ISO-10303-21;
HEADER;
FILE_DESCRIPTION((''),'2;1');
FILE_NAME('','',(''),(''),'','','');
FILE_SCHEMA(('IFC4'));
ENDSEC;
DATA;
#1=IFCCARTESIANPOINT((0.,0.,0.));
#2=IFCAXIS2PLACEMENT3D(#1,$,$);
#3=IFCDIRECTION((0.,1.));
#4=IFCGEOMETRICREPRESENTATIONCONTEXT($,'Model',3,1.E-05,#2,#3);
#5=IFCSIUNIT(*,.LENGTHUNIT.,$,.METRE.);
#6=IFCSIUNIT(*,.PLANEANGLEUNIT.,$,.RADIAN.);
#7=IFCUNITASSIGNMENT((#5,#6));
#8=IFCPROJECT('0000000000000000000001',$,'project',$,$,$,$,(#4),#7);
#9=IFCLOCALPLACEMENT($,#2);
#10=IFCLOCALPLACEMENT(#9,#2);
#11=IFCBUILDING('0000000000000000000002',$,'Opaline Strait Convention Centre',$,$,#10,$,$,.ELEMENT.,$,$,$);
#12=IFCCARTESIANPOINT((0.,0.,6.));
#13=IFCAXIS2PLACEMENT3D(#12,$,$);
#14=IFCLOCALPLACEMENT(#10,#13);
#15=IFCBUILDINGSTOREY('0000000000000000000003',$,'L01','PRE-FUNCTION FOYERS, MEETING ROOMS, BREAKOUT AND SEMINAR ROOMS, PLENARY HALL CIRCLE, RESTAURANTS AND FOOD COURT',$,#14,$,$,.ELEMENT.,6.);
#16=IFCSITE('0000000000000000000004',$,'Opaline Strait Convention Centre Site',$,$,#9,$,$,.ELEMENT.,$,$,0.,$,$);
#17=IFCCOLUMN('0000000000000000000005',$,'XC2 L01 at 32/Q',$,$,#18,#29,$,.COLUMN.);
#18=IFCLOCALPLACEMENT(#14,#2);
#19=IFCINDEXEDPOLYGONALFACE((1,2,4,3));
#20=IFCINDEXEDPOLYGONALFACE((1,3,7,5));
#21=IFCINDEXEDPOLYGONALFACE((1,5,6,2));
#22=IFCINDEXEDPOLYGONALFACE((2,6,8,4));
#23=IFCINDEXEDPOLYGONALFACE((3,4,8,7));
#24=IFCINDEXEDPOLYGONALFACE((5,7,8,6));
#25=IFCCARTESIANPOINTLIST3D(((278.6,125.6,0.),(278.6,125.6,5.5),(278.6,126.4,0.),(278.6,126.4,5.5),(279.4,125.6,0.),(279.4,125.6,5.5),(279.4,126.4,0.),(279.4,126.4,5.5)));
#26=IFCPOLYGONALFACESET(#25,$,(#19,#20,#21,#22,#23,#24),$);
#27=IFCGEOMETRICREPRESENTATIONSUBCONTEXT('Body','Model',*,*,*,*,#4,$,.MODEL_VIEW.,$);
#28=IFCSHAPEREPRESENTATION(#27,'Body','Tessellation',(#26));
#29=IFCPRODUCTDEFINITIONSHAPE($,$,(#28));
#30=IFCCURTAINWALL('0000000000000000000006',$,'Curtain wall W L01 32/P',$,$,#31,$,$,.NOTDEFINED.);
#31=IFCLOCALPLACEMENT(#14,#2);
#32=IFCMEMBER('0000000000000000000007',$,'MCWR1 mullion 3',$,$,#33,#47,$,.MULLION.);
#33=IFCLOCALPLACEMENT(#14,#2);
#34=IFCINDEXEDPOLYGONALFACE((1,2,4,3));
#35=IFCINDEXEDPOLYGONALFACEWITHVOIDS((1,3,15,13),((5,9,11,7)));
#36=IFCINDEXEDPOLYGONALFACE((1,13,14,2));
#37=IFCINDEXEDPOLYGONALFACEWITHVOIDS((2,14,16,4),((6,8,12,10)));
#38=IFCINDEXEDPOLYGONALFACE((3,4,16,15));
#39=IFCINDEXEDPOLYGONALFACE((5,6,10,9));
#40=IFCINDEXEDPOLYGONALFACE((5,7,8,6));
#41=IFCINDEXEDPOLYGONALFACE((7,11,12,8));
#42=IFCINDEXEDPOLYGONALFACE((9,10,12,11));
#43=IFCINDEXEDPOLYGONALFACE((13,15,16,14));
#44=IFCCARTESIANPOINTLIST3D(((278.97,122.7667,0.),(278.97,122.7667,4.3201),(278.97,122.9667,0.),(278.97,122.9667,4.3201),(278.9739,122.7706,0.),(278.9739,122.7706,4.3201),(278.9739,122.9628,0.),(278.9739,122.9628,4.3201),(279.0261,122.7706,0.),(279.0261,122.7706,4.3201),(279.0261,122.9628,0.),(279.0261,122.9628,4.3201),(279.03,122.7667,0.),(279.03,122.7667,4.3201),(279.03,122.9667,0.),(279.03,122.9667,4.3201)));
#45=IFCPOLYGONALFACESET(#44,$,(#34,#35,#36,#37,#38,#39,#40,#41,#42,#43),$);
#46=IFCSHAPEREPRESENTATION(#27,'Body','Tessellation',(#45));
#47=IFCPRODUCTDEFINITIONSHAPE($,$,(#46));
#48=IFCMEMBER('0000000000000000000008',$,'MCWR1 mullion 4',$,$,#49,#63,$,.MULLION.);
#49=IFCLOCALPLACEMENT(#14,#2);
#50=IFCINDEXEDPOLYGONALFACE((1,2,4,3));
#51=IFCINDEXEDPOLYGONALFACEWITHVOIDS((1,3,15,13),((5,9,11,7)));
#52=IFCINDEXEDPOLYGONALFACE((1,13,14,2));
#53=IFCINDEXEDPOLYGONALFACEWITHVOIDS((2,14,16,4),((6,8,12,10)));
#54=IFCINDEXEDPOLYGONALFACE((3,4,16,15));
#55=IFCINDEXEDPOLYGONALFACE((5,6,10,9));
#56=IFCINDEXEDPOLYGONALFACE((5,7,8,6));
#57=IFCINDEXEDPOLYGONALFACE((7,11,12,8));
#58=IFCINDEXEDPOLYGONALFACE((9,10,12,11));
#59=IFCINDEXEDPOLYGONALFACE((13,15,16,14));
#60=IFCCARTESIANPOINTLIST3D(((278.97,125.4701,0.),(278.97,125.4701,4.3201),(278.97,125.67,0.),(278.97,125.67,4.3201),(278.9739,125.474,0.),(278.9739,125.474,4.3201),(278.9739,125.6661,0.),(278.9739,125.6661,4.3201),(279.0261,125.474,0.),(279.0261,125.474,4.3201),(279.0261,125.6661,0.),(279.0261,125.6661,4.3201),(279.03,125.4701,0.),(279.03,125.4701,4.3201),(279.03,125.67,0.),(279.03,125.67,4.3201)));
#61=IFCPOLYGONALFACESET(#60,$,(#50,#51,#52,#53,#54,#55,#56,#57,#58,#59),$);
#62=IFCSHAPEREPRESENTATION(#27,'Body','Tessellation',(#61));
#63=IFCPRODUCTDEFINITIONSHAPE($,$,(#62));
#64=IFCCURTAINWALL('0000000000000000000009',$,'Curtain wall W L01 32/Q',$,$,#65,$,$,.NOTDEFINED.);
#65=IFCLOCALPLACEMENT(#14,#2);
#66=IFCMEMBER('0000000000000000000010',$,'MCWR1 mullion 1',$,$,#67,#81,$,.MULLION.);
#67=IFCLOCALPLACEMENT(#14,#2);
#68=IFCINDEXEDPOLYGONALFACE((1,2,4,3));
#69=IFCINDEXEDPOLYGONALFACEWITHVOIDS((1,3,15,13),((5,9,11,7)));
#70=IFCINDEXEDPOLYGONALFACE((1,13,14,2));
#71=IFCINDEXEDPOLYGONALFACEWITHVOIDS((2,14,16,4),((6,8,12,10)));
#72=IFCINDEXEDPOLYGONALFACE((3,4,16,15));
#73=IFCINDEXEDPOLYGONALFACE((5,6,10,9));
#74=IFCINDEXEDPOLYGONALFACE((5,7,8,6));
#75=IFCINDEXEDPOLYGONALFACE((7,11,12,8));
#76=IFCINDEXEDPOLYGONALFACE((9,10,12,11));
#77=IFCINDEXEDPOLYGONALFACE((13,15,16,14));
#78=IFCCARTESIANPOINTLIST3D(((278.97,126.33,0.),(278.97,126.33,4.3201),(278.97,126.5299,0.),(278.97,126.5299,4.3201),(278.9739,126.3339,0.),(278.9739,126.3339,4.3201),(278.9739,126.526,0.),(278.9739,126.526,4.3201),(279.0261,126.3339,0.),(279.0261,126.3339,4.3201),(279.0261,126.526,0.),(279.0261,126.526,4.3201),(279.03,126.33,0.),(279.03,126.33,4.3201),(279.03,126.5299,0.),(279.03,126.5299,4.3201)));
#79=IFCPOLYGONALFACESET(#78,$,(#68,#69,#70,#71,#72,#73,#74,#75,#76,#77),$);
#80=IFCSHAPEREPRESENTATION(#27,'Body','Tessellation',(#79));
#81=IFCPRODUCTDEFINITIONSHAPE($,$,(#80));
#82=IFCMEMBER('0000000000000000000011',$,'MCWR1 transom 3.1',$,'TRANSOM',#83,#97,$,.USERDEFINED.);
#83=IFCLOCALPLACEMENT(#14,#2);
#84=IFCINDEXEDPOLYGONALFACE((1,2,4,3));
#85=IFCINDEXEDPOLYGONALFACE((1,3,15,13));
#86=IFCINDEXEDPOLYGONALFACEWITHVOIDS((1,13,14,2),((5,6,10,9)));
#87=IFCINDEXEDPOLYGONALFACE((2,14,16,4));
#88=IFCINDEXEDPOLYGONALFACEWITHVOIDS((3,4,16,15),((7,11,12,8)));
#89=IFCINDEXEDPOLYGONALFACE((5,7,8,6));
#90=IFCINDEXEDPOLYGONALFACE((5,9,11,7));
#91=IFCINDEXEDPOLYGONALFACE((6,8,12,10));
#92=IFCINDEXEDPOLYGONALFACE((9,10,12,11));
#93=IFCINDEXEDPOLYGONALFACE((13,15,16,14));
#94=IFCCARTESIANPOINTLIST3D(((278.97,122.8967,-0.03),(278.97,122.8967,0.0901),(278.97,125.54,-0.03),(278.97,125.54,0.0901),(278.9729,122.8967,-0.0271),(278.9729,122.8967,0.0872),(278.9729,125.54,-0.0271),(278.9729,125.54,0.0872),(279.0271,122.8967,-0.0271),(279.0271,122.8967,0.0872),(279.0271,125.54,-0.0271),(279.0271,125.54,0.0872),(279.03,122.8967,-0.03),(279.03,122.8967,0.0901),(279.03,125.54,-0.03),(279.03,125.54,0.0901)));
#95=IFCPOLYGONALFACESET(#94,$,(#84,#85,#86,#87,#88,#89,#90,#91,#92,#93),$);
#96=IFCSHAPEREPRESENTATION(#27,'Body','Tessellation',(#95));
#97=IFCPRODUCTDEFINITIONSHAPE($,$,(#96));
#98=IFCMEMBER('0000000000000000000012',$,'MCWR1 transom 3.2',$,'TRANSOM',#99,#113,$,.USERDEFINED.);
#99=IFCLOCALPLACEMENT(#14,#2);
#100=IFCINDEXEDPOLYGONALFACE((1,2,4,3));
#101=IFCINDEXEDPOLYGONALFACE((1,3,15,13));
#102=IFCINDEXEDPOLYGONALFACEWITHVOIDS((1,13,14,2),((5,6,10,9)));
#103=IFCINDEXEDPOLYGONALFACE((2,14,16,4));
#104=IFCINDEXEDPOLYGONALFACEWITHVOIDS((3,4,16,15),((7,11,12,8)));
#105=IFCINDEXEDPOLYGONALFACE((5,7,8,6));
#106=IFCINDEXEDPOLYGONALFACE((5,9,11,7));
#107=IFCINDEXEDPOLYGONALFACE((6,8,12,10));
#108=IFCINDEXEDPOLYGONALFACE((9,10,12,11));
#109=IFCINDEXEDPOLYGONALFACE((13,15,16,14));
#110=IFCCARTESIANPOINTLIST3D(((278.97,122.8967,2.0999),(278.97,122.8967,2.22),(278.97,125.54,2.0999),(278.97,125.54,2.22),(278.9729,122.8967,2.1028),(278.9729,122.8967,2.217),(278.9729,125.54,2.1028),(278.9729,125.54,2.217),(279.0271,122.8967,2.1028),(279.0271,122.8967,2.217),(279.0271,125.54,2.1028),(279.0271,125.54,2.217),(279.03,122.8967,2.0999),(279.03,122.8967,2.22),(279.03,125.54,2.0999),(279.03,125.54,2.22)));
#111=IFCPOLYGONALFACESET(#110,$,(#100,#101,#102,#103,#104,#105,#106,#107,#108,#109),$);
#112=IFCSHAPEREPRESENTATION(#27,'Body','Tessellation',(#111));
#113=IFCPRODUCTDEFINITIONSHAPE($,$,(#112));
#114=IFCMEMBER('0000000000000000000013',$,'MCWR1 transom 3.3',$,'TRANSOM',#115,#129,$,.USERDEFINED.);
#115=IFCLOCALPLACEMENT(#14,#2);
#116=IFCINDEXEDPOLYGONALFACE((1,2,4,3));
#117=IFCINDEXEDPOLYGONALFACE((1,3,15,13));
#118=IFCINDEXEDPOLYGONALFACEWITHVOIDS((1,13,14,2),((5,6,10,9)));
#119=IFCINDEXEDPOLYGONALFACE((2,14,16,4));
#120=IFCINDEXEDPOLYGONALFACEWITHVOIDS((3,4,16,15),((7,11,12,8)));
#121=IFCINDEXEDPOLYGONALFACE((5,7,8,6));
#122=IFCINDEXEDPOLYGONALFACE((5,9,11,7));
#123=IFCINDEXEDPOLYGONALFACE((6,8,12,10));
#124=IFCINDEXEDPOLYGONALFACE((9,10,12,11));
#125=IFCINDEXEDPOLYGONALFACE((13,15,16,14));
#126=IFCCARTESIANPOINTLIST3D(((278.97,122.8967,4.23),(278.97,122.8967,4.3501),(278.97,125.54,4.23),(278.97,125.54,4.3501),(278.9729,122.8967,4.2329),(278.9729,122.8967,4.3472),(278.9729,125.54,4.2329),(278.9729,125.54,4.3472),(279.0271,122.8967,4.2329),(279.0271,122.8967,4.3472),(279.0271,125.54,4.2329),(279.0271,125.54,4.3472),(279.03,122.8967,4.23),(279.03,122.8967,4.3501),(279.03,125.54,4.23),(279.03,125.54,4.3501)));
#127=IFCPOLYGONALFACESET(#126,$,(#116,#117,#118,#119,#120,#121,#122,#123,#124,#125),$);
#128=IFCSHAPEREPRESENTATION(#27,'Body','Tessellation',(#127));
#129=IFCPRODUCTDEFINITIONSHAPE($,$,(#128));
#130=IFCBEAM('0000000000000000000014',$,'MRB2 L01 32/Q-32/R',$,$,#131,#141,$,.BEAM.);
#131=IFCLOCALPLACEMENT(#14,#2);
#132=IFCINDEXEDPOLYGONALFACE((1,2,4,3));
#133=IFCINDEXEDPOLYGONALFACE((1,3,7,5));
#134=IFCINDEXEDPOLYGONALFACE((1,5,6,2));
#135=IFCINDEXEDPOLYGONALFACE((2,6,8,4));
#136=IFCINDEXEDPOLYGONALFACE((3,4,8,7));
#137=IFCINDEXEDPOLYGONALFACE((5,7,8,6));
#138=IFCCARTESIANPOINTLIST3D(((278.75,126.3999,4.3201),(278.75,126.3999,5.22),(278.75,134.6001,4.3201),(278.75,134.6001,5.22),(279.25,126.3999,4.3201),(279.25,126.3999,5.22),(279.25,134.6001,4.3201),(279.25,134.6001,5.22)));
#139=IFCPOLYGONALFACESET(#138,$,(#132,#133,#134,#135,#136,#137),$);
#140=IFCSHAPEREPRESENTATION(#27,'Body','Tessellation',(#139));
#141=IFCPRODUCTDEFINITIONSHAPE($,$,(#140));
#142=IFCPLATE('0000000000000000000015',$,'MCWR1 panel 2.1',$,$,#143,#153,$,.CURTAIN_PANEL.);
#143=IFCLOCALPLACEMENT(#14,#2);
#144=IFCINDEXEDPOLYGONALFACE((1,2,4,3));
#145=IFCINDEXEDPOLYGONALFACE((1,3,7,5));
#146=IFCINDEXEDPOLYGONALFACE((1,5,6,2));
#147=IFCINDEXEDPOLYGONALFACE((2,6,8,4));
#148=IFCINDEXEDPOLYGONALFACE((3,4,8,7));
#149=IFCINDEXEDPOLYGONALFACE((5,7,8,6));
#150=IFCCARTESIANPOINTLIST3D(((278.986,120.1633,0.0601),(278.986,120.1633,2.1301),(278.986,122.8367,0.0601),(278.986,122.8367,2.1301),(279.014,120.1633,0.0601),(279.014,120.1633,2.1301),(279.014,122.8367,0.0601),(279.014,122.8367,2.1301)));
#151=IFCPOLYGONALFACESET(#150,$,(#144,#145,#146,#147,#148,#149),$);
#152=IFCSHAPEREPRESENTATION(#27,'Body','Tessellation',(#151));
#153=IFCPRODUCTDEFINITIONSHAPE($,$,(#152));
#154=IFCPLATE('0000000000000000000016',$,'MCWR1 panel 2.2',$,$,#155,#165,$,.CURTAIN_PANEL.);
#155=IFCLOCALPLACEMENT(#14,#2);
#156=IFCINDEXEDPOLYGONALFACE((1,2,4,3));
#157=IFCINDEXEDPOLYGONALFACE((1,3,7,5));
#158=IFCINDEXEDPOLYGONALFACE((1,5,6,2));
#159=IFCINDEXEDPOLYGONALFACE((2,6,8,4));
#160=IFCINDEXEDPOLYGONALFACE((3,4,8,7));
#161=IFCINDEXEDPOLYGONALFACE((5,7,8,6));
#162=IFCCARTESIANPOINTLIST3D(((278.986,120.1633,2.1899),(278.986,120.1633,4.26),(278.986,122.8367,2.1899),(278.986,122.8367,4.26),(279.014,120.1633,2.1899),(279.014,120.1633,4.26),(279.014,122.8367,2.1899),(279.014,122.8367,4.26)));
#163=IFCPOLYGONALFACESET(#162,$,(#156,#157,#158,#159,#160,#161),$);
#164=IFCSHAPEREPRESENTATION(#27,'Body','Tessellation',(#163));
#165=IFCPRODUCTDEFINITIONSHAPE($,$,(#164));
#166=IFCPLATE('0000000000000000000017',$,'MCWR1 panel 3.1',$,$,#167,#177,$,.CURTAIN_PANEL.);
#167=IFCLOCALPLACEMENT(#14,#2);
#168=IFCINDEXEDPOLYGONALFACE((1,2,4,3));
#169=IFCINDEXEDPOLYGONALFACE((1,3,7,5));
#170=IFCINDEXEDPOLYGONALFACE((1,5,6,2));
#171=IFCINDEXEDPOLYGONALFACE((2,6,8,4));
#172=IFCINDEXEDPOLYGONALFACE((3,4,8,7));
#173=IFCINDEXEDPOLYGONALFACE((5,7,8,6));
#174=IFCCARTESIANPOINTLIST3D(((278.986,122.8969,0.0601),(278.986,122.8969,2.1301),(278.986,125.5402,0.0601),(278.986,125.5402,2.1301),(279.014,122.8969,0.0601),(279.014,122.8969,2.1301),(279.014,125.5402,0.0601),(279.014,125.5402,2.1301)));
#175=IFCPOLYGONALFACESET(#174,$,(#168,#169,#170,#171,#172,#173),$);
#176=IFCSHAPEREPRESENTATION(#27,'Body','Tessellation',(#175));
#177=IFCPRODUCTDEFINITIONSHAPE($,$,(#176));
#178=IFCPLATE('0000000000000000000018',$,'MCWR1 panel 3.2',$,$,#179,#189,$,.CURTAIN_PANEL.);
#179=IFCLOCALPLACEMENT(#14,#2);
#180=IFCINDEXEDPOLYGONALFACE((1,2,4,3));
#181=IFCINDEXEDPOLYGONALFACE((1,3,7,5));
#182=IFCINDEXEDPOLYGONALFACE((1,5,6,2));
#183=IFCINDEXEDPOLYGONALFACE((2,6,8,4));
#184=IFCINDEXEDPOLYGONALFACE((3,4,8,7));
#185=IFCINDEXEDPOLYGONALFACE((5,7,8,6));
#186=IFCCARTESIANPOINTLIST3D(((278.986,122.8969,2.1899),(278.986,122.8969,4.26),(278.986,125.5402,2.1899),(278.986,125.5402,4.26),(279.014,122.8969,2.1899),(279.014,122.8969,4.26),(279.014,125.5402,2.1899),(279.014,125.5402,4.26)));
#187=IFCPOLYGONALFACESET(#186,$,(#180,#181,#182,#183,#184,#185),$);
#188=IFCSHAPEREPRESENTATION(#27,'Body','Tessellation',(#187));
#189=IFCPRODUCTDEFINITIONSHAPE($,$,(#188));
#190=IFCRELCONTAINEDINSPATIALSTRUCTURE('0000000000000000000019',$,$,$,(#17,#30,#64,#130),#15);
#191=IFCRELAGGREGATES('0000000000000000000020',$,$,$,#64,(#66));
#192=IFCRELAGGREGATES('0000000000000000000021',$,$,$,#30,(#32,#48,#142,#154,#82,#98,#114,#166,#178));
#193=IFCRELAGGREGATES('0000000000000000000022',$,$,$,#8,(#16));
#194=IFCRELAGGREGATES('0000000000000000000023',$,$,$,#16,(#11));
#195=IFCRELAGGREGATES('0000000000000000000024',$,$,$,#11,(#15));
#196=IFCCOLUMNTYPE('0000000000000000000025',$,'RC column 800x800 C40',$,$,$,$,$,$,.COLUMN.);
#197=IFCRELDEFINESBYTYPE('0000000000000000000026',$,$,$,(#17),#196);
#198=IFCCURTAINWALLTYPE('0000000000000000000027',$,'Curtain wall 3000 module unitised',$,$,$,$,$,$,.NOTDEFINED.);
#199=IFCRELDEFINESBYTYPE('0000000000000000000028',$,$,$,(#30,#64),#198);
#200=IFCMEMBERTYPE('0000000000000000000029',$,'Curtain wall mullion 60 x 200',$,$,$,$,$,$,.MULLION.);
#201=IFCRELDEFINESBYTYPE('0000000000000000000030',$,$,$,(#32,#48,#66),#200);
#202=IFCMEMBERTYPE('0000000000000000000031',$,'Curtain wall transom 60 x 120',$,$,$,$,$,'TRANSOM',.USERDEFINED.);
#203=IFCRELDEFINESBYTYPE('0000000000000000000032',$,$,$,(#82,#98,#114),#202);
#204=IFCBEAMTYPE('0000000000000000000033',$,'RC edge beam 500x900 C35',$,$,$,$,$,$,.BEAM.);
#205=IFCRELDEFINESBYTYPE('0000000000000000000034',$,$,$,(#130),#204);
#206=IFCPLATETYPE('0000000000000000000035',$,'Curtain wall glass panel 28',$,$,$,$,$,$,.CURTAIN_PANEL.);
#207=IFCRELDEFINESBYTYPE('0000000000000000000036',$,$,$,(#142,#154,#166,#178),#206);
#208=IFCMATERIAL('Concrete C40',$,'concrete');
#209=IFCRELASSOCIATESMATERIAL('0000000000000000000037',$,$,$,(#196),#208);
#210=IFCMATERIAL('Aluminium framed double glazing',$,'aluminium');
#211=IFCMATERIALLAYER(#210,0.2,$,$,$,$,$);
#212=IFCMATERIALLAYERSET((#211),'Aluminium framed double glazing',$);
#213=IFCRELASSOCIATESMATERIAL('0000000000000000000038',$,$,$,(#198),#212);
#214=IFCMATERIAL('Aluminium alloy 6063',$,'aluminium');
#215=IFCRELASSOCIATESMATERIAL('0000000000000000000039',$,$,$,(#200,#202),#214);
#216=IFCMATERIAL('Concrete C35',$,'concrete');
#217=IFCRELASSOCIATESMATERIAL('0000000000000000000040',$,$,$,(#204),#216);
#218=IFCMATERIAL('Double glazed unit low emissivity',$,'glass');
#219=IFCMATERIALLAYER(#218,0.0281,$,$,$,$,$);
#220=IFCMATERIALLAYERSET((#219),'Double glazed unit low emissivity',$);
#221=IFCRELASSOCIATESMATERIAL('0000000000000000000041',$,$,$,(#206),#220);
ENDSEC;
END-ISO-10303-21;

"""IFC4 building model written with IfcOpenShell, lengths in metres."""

from ifc_helpers import new_model, si_unit, direction, frame, origin, origin_2d, place, context, subcontext, project, spatial, rectangle, hollow_rectangle, extrude, material, layer, layer_set, material_profile, profile_set, type_object, element, aggregate, save


model = new_model("IFC4")

# Units and contexts
model_context = context("Model", 3, precision=1e-05, world=origin(), true_north=direction((0.0, 1.0)))
body_context = subcontext(model_context, "Body", "Model", "MODEL_VIEW")
ifc_project = project(units=[si_unit("LENGTHUNIT", "METRE"), si_unit("PLANEANGLEUNIT", "RADIAN")], contexts=[model_context])

# Site, building, storey
site_placement = place(None, origin())
site = spatial("IfcSite", under=ifc_project, at=site_placement, Name="Opaline Strait Convention Centre Site", CompositionType="ELEMENT", RefElevation=0.0)
building_placement = place(site_placement, origin())
building = spatial("IfcBuilding", under=site, at=building_placement, Name="Opaline Strait Convention Centre", CompositionType="ELEMENT")
storey_placement = place(building_placement, frame((0.0, 0.0, 6.0)))
storey = spatial("IfcBuildingStorey", under=building, at=storey_placement, Name="L01", Description="PRE-FUNCTION FOYERS, MEETING ROOMS, BREAKOUT AND SEMINAR ROOMS, PLENARY HALL CIRCLE, RESTAURANTS AND FOOD COURT", CompositionType="ELEMENT", Elevation=6.0)

# Column
ifc_material_1 = material(Name="Concrete C40", Category="concrete")
ifc_material_profile_1 = material_profile(ifc_material_1, rectangle(XDim=0.8, YDim=0.8, at=origin_2d()), Name="RC 800x800")
ifc_profile_set_1 = profile_set([ifc_material_profile_1], Name="Concrete C40")
column_type = type_object("IfcColumnType", Name="RC column 800x800 C40", PredefinedType="COLUMN", material=ifc_profile_set_1)
column_placement = place(storey_placement, frame((279.0, 126.0, 0.0), z_axis=(0.0, 0.0, 1.0), x_axis=(1.0, 0.0, 0.0)))
element("IfcColumn", 1, at=column_placement, inside=storey, type_object=column_type, Name="XC2 L01 at 32/Q", PredefinedType="COLUMN", context=body_context, shape_type="SweptSolid", body=[
    extrude(rectangle(XDim=0.8, YDim=0.8, at=origin_2d()), origin(), (0.0, 0.0, 1.0), 5.5),
])

# Curtain wall, members
ifc_material_2 = material(Name="Aluminium framed double glazing", Category="aluminium")
ifc_layer_1 = layer(ifc_material_2, 0.2)
ifc_layer_set_1 = layer_set([ifc_layer_1], Name="Aluminium framed double glazing")
curtain_wall_type = type_object("IfcCurtainWallType", Name="Curtain wall 3000 module unitised", PredefinedType="NOTDEFINED", material=ifc_layer_set_1)
curtain_wall_1_placement = place(storey_placement, origin())
curtain_wall_1 = element("IfcCurtainWall", 2, at=curtain_wall_1_placement, inside=storey, type_object=curtain_wall_type, Name="Curtain wall W L01 32/P", PredefinedType="NOTDEFINED")
ifc_material_3 = material(Name="Aluminium alloy 6063", Category="aluminium")
ifc_material_profile_2 = material_profile(ifc_material_3, hollow_rectangle(XDim=0.0601, YDim=0.2, WallThickness=0.0039, at=origin_2d()), Name="MULLION 60x200x4")
ifc_profile_set_2 = profile_set([ifc_material_profile_2], Name="Aluminium alloy 6063")
member_type_1 = type_object("IfcMemberType", Name="Curtain wall mullion 60 x 200", PredefinedType="MULLION", material=ifc_profile_set_2)
member_1_placement = place(storey_placement, frame((279.0, 122.8667, 0.0), z_axis=(0.0, 0.0, 1.0), x_axis=(-1.0, 0.0, 0.0)))
member_1 = element("IfcMember", 3, at=member_1_placement, type_object=member_type_1, Name="MCWR1 mullion 3", PredefinedType="MULLION", context=body_context, shape_type="SweptSolid", body=[
    extrude(hollow_rectangle(XDim=0.0601, YDim=0.2, WallThickness=0.0039, at=origin_2d()), origin(), (0.0, 0.0, 1.0), 4.3201),
])
member_2_placement = place(storey_placement, frame((279.0, 125.5701, 0.0), z_axis=(0.0, 0.0, 1.0), x_axis=(-1.0, 0.0, 0.0)))
member_2 = element("IfcMember", 4, at=member_2_placement, type_object=member_type_1, Name="MCWR1 mullion 4", PredefinedType="MULLION", context=body_context, shape_type="SweptSolid", body=[
    extrude(hollow_rectangle(XDim=0.0601, YDim=0.2, WallThickness=0.0039, at=origin_2d()), origin(), (0.0, 0.0, 1.0), 4.3201),
])

# Curtain wall, member
curtain_wall_2_placement = place(storey_placement, origin())
curtain_wall_2 = element("IfcCurtainWall", 5, at=curtain_wall_2_placement, inside=storey, type_object=curtain_wall_type, Name="Curtain wall W L01 32/Q", PredefinedType="NOTDEFINED")
member_3_placement = place(storey_placement, frame((279.0, 126.4299, 0.0), z_axis=(0.0, 0.0, 1.0), x_axis=(-1.0, 0.0, 0.0)))
member_3 = element("IfcMember", 6, at=member_3_placement, type_object=member_type_1, Name="MCWR1 mullion 1", PredefinedType="MULLION", context=body_context, shape_type="SweptSolid", body=[
    extrude(hollow_rectangle(XDim=0.0601, YDim=0.2, WallThickness=0.0039, at=origin_2d()), origin(), (0.0, 0.0, 1.0), 4.3201),
])
aggregate(curtain_wall_2, [member_3])

# Members
ifc_material_profile_3 = material_profile(ifc_material_3, hollow_rectangle(XDim=0.0601, YDim=0.1201, WallThickness=0.0029, at=origin_2d()), Name="TRANSOM 60x120x3")
ifc_profile_set_3 = profile_set([ifc_material_profile_3], Name="Aluminium alloy 6063")
member_type_2 = type_object("IfcMemberType", Name="Curtain wall transom 60 x 120", ElementType="TRANSOM", PredefinedType="USERDEFINED", material=ifc_profile_set_3)
member_4_placement = place(storey_placement, frame((279.0, 122.8967, 0.03), z_axis=(0.0, 1.0, 0.0), x_axis=(-1.0, 0.0, 0.0)))
member_4 = element("IfcMember", 7, at=member_4_placement, type_object=member_type_2, Name="MCWR1 transom 3.1", ObjectType="TRANSOM", PredefinedType="USERDEFINED", context=body_context, shape_type="SweptSolid", body=[
    extrude(hollow_rectangle(XDim=0.0601, YDim=0.1201, WallThickness=0.0029, at=origin_2d()), origin(), (0.0, 0.0, 1.0), 2.6433),
])
member_5_placement = place(storey_placement, frame((279.0, 122.8967, 2.1599), z_axis=(0.0, 1.0, 0.0), x_axis=(-1.0, 0.0, 0.0)))
member_5 = element("IfcMember", 8, at=member_5_placement, type_object=member_type_2, Name="MCWR1 transom 3.2", ObjectType="TRANSOM", PredefinedType="USERDEFINED", context=body_context, shape_type="SweptSolid", body=[
    extrude(hollow_rectangle(XDim=0.0601, YDim=0.1201, WallThickness=0.0029, at=origin_2d()), origin(), (0.0, 0.0, 1.0), 2.6433),
])
member_6_placement = place(storey_placement, frame((279.0, 122.8967, 4.29), z_axis=(0.0, 1.0, 0.0), x_axis=(-1.0, 0.0, 0.0)))
member_6 = element("IfcMember", 9, at=member_6_placement, type_object=member_type_2, Name="MCWR1 transom 3.3", ObjectType="TRANSOM", PredefinedType="USERDEFINED", context=body_context, shape_type="SweptSolid", body=[
    extrude(hollow_rectangle(XDim=0.0601, YDim=0.1201, WallThickness=0.0029, at=origin_2d()), origin(), (0.0, 0.0, 1.0), 2.6433),
])

# Beam
ifc_material_4 = material(Name="Concrete C35", Category="concrete")
ifc_material_profile_4 = material_profile(ifc_material_4, rectangle(XDim=0.5, YDim=0.8999, at=origin_2d()), Name="RC 500x900")
ifc_profile_set_4 = profile_set([ifc_material_profile_4], Name="Concrete C35")
beam_type = type_object("IfcBeamType", Name="RC edge beam 500x900 C35", PredefinedType="BEAM", material=ifc_profile_set_4)
beam_placement = place(storey_placement, frame((279.0, 126.3999, 4.77), z_axis=(0.0, 1.0, 0.0), x_axis=(-1.0, 0.0, 0.0)))
element("IfcBeam", 10, at=beam_placement, inside=storey, type_object=beam_type, Name="MRB2 L01 32/Q-32/R", PredefinedType="BEAM", context=body_context, shape_type="SweptSolid", body=[
    extrude(rectangle(XDim=0.5, YDim=0.8999, at=origin_2d()), origin(), (0.0, 0.0, 1.0), 8.2002),
])

# Plates
ifc_material_5 = material(Name="Double glazed unit low emissivity", Category="glass")
ifc_layer_2 = layer(ifc_material_5, 0.0281)
ifc_layer_set_2 = layer_set([ifc_layer_2], Name="Double glazed unit low emissivity")
plate_type = type_object("IfcPlateType", Name="Curtain wall glass panel 28", PredefinedType="CURTAIN_PANEL", material=ifc_layer_set_2)
plate_1_placement = place(storey_placement, frame((279.0, 121.5, 0.0601), z_axis=(0.0, 0.0, 1.0), x_axis=(0.0, 1.0, 0.0)))
plate_1 = element("IfcPlate", 11, at=plate_1_placement, type_object=plate_type, Name="MCWR1 panel 2.1", PredefinedType="CURTAIN_PANEL", context=body_context, shape_type="SweptSolid", body=[
    extrude(rectangle(XDim=2.6733, YDim=0.0281, at=origin_2d()), origin(), (0.0, 0.0, 1.0), 2.0701),
])
plate_2_placement = place(storey_placement, frame((279.0, 121.5, 2.1899), z_axis=(0.0, 0.0, 1.0), x_axis=(0.0, 1.0, 0.0)))
plate_2 = element("IfcPlate", 12, at=plate_2_placement, type_object=plate_type, Name="MCWR1 panel 2.2", PredefinedType="CURTAIN_PANEL", context=body_context, shape_type="SweptSolid", body=[
    extrude(rectangle(XDim=2.6733, YDim=0.0281, at=origin_2d()), origin(), (0.0, 0.0, 1.0), 2.0701),
])
plate_3_placement = place(storey_placement, frame((279.0, 124.2185, 0.0601), z_axis=(0.0, 0.0, 1.0), x_axis=(0.0, 1.0, 0.0)))
plate_3 = element("IfcPlate", 13, at=plate_3_placement, type_object=plate_type, Name="MCWR1 panel 3.1", PredefinedType="CURTAIN_PANEL", context=body_context, shape_type="SweptSolid", body=[
    extrude(rectangle(XDim=2.6433, YDim=0.0281, at=origin_2d()), origin(), (0.0, 0.0, 1.0), 2.0701),
])
plate_4_placement = place(storey_placement, frame((279.0, 124.2185, 2.1899), z_axis=(0.0, 0.0, 1.0), x_axis=(0.0, 1.0, 0.0)))
plate_4 = element("IfcPlate", 14, at=plate_4_placement, type_object=plate_type, Name="MCWR1 panel 3.2", PredefinedType="CURTAIN_PANEL", context=body_context, shape_type="SweptSolid", body=[
    extrude(rectangle(XDim=2.6433, YDim=0.0281, at=origin_2d()), origin(), (0.0, 0.0, 1.0), 2.0701),
])
aggregate(curtain_wall_1, [member_1, member_2, plate_1, plate_2, member_4, member_5, member_6, plate_3, plate_4])

save(model, "model.ifc")
